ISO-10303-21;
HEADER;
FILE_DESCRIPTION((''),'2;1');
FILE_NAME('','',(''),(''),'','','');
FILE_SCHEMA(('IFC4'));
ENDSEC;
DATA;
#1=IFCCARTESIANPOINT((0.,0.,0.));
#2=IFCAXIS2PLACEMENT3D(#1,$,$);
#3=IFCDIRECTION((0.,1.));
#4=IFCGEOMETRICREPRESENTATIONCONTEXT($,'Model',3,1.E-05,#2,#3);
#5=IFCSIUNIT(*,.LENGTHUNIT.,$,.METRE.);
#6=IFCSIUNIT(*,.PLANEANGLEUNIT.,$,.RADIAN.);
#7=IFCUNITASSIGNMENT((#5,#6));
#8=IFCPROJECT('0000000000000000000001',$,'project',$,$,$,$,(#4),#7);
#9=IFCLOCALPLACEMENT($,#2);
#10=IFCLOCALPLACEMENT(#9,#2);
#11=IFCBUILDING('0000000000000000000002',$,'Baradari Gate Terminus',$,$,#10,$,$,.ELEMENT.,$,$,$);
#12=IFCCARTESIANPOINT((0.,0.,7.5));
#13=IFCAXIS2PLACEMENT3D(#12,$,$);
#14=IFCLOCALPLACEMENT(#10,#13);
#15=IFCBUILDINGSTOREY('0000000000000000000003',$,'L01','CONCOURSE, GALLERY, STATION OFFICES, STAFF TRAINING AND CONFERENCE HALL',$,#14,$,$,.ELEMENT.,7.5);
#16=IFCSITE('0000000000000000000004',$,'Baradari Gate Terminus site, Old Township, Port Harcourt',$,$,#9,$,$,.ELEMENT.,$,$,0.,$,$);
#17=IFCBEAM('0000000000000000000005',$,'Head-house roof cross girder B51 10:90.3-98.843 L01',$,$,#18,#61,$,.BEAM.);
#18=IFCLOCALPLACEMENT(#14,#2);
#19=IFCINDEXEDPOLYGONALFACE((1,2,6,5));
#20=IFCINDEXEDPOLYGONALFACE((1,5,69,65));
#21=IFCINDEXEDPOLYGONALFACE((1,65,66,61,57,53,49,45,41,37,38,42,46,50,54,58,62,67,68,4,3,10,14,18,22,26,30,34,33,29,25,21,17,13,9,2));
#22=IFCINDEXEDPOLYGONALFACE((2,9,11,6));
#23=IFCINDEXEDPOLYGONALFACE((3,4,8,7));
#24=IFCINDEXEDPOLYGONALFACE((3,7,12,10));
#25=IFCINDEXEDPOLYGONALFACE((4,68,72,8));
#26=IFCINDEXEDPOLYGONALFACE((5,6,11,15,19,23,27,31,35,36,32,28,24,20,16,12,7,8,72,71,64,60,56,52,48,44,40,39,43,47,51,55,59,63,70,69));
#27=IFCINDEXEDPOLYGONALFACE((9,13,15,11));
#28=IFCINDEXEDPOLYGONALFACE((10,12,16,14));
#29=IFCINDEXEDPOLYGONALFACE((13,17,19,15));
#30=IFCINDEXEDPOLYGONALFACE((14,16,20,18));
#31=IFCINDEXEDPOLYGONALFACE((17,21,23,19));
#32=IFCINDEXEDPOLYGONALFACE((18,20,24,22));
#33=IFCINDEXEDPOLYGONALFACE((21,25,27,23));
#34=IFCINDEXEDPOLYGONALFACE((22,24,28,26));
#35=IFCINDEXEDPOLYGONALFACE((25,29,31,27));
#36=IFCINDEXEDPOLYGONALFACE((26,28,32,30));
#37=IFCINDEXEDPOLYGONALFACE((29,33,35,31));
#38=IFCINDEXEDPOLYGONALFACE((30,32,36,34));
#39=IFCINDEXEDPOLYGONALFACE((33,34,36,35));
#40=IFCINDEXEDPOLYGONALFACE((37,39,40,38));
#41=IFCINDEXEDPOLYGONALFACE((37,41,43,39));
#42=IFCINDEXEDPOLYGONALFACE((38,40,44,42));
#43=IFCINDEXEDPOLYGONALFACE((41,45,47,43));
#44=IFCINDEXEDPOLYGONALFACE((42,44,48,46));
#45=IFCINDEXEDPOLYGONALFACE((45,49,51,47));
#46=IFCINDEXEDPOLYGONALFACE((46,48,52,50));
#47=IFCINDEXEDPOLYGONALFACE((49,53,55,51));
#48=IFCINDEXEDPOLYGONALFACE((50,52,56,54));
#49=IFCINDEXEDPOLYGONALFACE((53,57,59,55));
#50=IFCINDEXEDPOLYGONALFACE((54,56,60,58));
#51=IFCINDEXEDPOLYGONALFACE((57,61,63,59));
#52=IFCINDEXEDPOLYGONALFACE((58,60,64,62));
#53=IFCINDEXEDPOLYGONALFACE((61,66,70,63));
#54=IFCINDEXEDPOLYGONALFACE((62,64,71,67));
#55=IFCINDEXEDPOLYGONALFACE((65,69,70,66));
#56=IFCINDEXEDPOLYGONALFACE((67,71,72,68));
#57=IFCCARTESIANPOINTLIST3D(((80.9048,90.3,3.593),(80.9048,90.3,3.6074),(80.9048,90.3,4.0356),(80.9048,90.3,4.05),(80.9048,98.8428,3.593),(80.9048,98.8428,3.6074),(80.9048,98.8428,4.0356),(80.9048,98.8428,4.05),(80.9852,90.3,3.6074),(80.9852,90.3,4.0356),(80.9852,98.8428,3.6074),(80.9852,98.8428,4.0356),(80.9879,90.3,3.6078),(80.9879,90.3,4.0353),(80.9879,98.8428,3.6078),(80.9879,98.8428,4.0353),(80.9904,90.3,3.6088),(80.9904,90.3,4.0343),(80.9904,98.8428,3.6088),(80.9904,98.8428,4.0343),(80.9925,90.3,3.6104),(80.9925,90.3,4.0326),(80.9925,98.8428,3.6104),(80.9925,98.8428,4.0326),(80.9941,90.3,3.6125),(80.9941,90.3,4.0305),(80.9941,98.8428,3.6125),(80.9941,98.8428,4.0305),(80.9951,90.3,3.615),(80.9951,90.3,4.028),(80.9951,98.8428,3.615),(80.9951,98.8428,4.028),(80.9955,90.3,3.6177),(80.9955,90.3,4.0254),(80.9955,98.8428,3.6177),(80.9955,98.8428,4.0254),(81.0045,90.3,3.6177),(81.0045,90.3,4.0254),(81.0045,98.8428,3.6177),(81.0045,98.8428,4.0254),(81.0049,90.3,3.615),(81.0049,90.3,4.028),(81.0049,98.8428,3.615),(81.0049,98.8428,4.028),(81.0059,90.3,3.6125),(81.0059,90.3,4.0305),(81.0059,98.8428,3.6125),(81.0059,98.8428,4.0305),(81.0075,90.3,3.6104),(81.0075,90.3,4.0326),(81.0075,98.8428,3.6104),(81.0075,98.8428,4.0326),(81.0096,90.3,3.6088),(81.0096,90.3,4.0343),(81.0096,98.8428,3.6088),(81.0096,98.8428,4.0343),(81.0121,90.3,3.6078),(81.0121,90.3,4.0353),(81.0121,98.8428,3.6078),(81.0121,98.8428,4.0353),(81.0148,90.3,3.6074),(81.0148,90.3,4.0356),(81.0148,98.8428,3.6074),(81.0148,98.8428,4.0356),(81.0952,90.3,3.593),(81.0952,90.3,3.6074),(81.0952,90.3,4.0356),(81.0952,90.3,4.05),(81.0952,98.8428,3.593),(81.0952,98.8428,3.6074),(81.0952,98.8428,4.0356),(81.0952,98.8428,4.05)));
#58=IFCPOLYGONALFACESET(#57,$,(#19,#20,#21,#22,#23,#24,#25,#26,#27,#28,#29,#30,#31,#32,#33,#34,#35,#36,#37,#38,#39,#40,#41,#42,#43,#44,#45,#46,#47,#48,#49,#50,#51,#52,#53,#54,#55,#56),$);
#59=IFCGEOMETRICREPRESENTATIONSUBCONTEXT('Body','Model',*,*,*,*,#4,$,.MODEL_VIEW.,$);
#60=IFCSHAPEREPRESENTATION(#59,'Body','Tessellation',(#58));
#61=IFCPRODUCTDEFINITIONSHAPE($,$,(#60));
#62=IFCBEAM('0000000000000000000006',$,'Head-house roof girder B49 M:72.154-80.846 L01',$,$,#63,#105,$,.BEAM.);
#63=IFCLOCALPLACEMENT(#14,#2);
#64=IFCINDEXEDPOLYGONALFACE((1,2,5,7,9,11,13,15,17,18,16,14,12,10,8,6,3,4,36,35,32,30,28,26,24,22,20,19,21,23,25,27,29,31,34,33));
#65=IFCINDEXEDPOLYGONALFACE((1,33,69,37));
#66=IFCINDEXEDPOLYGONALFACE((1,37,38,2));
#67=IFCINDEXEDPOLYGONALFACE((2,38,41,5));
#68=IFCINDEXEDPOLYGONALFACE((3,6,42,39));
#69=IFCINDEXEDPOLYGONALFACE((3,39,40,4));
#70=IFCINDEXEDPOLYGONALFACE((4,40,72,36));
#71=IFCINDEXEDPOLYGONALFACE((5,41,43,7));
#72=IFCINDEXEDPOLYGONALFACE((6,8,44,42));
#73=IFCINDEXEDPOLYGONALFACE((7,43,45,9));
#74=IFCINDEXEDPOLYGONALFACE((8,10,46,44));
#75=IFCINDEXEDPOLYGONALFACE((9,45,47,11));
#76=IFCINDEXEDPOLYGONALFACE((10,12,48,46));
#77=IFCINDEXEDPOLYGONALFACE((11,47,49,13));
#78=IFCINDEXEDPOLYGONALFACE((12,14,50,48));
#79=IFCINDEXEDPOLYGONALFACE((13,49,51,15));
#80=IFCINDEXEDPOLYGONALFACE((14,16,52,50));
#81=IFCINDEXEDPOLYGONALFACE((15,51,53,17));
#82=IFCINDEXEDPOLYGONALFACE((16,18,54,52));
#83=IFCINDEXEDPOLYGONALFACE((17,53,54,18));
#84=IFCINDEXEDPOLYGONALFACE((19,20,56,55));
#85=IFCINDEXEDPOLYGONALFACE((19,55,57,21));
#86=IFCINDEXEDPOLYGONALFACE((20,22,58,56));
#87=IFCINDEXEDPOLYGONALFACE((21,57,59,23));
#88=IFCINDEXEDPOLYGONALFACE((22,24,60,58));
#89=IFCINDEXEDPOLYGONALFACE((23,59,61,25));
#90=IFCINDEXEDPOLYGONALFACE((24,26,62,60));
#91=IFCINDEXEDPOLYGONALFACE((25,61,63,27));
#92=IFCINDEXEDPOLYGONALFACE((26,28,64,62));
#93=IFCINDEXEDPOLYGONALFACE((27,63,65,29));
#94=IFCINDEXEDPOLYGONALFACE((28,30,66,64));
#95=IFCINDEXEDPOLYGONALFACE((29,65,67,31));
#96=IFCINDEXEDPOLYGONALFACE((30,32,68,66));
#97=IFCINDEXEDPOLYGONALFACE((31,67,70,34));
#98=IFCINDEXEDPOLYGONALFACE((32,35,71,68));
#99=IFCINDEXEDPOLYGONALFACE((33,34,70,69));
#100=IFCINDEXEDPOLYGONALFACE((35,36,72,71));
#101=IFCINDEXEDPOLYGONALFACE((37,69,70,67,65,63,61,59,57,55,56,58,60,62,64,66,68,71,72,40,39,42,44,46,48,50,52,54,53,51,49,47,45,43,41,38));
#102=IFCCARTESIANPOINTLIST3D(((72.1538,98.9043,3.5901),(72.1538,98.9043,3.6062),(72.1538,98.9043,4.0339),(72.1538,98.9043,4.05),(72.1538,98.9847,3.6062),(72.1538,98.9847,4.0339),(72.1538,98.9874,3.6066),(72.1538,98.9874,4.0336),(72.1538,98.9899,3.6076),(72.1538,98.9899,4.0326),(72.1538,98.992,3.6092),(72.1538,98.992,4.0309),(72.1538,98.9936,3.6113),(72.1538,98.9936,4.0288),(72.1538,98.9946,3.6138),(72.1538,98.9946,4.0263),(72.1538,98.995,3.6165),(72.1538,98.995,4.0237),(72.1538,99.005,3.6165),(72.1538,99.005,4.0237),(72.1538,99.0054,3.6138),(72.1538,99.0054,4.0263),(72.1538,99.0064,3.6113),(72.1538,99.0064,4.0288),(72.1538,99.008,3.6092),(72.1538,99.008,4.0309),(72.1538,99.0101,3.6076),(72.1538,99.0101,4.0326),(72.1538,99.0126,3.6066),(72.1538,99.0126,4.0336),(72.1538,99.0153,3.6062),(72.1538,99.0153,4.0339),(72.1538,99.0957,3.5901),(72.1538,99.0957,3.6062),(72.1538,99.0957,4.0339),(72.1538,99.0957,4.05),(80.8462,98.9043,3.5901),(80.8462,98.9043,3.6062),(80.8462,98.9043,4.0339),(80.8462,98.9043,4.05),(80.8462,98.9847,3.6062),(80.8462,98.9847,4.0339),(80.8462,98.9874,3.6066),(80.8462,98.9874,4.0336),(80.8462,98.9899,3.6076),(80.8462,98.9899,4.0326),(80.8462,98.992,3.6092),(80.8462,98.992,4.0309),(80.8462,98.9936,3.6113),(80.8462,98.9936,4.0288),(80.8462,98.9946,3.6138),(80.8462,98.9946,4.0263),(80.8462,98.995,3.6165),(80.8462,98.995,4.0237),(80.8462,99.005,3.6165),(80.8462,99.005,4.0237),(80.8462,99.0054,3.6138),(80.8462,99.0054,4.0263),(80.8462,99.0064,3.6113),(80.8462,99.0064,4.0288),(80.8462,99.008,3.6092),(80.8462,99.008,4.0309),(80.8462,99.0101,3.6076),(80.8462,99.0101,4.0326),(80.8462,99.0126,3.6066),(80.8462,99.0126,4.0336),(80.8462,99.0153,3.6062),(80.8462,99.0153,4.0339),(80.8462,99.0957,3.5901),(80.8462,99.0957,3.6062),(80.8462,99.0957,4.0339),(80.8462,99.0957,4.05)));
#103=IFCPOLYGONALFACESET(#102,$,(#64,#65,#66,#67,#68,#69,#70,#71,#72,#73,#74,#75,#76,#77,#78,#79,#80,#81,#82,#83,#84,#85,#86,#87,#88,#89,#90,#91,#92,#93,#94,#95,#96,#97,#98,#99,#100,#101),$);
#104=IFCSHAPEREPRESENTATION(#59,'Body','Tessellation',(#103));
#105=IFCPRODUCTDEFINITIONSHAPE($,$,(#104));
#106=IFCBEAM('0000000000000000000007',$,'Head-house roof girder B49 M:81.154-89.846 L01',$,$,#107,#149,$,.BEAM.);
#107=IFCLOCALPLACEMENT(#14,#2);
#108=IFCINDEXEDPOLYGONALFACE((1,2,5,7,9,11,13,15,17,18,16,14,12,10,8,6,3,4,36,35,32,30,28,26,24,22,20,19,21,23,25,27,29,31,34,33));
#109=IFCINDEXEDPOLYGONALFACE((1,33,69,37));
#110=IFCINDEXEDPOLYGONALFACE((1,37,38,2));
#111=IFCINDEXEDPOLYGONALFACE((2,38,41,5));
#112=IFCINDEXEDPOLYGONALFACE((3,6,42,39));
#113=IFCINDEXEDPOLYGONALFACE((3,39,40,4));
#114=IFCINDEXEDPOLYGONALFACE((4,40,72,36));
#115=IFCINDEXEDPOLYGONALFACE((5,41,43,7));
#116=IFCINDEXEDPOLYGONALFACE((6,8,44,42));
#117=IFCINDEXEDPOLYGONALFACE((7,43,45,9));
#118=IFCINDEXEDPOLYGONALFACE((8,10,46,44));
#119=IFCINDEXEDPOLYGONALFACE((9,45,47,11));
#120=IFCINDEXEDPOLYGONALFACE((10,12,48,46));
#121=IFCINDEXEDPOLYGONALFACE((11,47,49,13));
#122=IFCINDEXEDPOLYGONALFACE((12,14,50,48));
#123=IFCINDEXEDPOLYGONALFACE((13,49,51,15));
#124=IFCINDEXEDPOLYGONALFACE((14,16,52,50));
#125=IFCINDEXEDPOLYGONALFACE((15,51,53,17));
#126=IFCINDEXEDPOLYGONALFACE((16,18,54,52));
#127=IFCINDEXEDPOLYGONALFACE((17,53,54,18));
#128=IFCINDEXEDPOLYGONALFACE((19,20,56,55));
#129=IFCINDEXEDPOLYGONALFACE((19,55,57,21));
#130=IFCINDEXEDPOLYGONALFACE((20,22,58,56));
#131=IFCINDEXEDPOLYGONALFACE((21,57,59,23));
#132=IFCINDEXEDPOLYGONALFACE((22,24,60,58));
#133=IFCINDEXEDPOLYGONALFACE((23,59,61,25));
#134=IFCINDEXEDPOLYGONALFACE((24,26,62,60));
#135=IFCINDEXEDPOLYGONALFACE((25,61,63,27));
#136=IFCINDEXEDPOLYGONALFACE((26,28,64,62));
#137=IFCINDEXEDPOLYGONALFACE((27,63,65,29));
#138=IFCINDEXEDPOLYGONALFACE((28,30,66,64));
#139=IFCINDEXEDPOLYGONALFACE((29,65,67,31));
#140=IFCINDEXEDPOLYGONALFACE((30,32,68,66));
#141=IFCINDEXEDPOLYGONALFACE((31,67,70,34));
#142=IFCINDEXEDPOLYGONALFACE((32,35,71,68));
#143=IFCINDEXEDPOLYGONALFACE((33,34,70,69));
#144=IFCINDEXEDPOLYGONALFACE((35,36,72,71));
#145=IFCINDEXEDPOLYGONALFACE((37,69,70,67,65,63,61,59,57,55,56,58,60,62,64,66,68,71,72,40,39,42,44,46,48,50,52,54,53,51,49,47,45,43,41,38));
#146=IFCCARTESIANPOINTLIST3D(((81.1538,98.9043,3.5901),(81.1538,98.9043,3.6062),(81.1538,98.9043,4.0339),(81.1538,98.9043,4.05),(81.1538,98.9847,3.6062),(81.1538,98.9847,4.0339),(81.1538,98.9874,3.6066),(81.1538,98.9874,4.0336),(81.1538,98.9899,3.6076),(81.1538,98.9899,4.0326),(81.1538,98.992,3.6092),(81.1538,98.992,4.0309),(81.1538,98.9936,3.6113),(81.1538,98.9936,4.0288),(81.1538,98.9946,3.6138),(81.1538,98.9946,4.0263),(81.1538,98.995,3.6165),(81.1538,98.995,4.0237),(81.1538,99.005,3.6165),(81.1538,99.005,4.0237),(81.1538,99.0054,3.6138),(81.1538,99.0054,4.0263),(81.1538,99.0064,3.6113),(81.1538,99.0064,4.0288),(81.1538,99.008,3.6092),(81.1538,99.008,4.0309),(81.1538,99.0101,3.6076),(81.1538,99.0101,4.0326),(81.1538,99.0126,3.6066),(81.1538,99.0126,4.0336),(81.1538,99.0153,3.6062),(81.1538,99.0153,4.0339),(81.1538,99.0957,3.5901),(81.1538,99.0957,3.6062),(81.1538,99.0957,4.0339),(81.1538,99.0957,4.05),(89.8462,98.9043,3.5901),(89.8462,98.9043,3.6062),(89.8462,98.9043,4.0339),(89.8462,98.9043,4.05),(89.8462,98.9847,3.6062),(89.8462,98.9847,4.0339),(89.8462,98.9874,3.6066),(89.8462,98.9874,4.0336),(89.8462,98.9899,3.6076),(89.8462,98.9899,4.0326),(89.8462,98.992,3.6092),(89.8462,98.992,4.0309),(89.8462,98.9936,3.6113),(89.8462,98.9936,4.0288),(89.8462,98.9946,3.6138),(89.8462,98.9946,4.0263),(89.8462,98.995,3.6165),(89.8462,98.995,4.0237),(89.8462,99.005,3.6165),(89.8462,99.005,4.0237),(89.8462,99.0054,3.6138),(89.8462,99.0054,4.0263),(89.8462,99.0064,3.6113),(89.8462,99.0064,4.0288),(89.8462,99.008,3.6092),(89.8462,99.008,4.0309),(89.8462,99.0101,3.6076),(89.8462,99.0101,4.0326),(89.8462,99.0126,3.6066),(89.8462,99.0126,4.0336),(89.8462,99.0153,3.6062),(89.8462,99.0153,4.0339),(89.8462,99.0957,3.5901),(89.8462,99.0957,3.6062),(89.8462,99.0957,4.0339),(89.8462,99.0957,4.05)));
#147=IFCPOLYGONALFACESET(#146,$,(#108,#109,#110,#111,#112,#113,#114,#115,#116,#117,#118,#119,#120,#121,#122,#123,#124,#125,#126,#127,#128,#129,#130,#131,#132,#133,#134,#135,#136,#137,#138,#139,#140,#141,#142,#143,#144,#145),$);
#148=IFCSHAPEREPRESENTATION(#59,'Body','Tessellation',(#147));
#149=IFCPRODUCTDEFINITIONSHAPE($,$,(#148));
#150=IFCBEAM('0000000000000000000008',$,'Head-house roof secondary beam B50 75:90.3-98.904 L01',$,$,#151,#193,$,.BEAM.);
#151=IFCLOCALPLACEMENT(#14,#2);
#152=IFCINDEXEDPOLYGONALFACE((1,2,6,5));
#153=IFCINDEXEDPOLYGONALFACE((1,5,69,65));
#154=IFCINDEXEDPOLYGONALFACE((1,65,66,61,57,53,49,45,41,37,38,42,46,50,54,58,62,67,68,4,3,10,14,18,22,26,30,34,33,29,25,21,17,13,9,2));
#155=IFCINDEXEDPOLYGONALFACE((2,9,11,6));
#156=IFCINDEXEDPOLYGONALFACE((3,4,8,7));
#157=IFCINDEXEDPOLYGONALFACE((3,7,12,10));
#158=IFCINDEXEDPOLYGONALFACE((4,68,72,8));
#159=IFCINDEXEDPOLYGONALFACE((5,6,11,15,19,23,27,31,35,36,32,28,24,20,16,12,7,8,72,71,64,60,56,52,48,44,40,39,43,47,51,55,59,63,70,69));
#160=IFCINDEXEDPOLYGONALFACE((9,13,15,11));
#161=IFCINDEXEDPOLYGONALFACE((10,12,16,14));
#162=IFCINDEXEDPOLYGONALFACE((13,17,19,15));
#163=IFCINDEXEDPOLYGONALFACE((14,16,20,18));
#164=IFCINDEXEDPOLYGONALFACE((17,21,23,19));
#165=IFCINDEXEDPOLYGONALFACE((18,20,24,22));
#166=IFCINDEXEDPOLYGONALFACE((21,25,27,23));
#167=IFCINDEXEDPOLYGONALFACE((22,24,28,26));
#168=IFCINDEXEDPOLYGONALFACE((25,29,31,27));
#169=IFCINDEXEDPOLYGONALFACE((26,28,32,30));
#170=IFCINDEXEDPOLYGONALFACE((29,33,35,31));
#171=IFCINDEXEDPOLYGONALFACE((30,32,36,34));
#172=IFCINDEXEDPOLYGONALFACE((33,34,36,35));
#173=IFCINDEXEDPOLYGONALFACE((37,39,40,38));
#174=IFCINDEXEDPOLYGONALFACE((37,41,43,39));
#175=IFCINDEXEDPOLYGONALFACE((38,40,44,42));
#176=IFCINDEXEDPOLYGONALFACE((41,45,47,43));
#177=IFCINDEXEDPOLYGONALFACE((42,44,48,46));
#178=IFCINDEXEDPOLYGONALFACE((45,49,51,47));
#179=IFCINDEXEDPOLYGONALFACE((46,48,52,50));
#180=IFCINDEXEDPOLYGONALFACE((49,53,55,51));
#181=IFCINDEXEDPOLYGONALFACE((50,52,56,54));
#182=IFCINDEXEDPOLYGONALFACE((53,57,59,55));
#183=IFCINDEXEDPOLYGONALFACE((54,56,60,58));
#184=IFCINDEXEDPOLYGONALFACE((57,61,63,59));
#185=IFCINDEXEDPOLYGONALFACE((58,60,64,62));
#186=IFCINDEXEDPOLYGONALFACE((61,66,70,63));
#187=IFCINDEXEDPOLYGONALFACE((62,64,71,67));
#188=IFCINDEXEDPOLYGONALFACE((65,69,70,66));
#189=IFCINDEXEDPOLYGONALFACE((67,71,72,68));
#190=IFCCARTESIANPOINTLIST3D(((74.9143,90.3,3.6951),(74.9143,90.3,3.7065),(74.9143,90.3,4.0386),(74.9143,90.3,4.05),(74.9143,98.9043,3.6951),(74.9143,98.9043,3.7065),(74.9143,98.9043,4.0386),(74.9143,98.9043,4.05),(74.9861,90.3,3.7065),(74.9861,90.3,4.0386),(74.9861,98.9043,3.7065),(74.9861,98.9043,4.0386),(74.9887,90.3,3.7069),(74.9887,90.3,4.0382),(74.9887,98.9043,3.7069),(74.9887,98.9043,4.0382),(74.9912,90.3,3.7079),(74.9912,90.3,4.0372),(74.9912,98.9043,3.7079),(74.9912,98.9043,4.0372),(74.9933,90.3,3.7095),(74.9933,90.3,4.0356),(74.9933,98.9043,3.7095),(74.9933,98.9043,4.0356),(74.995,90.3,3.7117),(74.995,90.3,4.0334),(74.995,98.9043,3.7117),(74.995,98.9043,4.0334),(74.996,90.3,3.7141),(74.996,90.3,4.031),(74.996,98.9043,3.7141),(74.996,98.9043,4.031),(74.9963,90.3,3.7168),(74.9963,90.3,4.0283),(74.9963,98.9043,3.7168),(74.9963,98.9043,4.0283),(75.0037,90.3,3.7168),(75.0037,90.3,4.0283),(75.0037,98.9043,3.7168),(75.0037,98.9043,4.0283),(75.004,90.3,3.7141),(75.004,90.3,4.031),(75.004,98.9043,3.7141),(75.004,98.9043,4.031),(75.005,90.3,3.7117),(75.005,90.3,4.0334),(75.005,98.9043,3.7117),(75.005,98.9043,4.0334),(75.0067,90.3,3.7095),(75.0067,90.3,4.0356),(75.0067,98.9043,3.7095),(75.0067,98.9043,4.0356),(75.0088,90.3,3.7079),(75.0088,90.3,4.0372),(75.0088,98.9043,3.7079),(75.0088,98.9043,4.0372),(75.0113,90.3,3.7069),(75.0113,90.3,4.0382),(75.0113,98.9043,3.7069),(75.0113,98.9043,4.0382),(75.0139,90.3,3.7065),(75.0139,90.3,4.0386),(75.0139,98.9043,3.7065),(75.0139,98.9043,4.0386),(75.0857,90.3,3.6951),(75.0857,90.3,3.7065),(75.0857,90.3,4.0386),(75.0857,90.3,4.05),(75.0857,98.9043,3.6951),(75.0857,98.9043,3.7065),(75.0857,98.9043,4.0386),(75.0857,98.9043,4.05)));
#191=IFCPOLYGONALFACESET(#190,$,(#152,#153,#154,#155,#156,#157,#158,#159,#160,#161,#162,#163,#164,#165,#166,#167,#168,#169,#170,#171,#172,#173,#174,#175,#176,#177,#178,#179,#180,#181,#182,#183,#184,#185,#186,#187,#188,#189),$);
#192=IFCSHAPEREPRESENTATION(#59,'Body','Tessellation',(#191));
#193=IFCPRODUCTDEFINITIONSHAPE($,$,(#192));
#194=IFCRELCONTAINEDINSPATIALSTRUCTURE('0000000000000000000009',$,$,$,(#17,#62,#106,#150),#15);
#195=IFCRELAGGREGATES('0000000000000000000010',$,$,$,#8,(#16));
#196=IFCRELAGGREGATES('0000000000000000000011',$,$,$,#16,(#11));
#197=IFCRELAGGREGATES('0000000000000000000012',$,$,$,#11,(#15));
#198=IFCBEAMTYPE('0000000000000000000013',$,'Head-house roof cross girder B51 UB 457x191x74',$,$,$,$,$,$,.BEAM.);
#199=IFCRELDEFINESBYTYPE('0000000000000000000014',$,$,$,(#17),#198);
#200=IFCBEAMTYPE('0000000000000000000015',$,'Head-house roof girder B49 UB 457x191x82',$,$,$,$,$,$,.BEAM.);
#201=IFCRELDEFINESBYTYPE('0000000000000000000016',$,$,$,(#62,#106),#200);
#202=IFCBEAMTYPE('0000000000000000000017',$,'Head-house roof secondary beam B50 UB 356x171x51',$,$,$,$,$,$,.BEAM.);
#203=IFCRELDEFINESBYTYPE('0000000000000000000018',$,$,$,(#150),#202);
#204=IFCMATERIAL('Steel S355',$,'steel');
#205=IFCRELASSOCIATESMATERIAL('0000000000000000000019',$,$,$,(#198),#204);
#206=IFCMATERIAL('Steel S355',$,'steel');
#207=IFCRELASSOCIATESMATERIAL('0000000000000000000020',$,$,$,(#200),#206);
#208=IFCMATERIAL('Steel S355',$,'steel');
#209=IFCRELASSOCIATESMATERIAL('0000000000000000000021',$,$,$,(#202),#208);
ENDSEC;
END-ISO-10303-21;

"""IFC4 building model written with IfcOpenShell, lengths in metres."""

from ifc_helpers import new_model, si_unit, direction, frame, origin, origin_2d, place, context, subcontext, project, spatial, i_section, extrude, material, material_profile, profile_set, type_object, element, save


model = new_model("IFC4")

# Units and contexts
model_context = context("Model", 3, precision=1e-05, world=origin(), true_north=direction((0.0, 1.0)))
body_context = subcontext(model_context, "Body", "Model", "MODEL_VIEW")
ifc_project = project(units=[si_unit("LENGTHUNIT", "METRE"), si_unit("PLANEANGLEUNIT", "RADIAN")], contexts=[model_context])

# Site, building, storey
site_placement = place(None, origin())
site = spatial("IfcSite", under=ifc_project, at=site_placement, Name="Baradari Gate Terminus site, Old Township, Port Harcourt", CompositionType="ELEMENT", RefElevation=0.0)
building_placement = place(site_placement, origin())
building = spatial("IfcBuilding", under=site, at=building_placement, Name="Baradari Gate Terminus", CompositionType="ELEMENT")
storey_placement = place(building_placement, frame((0.0, 0.0, 7.5)))
storey = spatial("IfcBuildingStorey", under=building, at=storey_placement, Name="L01", Description="CONCOURSE, GALLERY, STATION OFFICES, STAFF TRAINING AND CONFERENCE HALL", CompositionType="ELEMENT", Elevation=7.5)

# Beams
ifc_material_1 = material(Name="Steel S355", Category="steel")
ifc_material_profile_1 = material_profile(ifc_material_1, i_section(OverallWidth=0.1904, OverallDepth=0.457, WebThickness=0.009, FlangeThickness=0.0144, FilletRadius=0.0103, at=origin_2d()), Name="UB 457x191x74")
ifc_profile_set_1 = profile_set([ifc_material_profile_1], Name="Steel S355")
beam_type_1 = type_object("IfcBeamType", Name="Head-house roof cross girder B51 UB 457x191x74", PredefinedType="BEAM", material=ifc_profile_set_1)
beam_1_placement = place(storey_placement, frame((81.0, 90.3, 3.8215), z_axis=(0.0, 1.0, 0.0), x_axis=(-1.0, 0.0, 0.0)))
element("IfcBeam", 1, at=beam_1_placement, inside=storey, type_object=beam_type_1, Name="Head-house roof cross girder B51 10:90.3-98.843 L01", PredefinedType="BEAM", context=body_context, shape_type="SweptSolid", body=[
    extrude(i_section(OverallWidth=0.1904, OverallDepth=0.457, WebThickness=0.009, FlangeThickness=0.0144, FilletRadius=0.0103, at=origin_2d()), origin(), (0.0, 0.0, 1.0), 8.5427),
])
ifc_material_2 = material(Name="Steel S355", Category="steel")
ifc_material_profile_2 = material_profile(ifc_material_2, i_section(OverallWidth=0.1914, OverallDepth=0.46, WebThickness=0.01, FlangeThickness=0.0161, FilletRadius=0.0103, at=origin_2d()), Name="UB 457x191x82")
ifc_profile_set_2 = profile_set([ifc_material_profile_2], Name="Steel S355")
beam_type_2 = type_object("IfcBeamType", Name="Head-house roof girder B49 UB 457x191x82", PredefinedType="BEAM", material=ifc_profile_set_2)
for number, where, z_axis, x_axis, name in (
    (2, (72.1538, 99.0, 3.8201), (1.0, 0.0, 0.0), (0.0, 1.0, 0.0), "Head-house roof girder B49 M:72.154-80.846 L01"),
    (3, (81.1538, 99.0, 3.8201), (1.0, 0.0, 0.0), (0.0, 1.0, 0.0), "Head-house roof girder B49 M:81.154-89.846 L01"),
):
    element("IfcBeam", number, at=place(storey_placement, frame(where, z_axis=z_axis, x_axis=x_axis)), inside=storey, type_object=beam_type_2, Name=name, PredefinedType="BEAM", context=body_context, shape_type="SweptSolid", body=[
        extrude(i_section(OverallWidth=0.1914, OverallDepth=0.46, WebThickness=0.01, FlangeThickness=0.0161, FilletRadius=0.0103, at=origin_2d()), origin(), (0.0, 0.0, 1.0), 8.6924),
    ])
ifc_material_3 = material(Name="Steel S355", Category="steel")
ifc_material_profile_3 = material_profile(ifc_material_3, i_section(OverallWidth=0.1714, OverallDepth=0.355, WebThickness=0.0073, FlangeThickness=0.0115, FilletRadius=0.0103, at=origin_2d()), Name="UB 356x171x51")
ifc_profile_set_3 = profile_set([ifc_material_profile_3], Name="Steel S355")
beam_type_3 = type_object("IfcBeamType", Name="Head-house roof secondary beam B50 UB 356x171x51", PredefinedType="BEAM", material=ifc_profile_set_3)
beam_2_placement = place(storey_placement, frame((75.0, 90.3, 3.8726), z_axis=(0.0, 1.0, 0.0), x_axis=(-1.0, 0.0, 0.0)))
element("IfcBeam", 4, at=beam_2_placement, inside=storey, type_object=beam_type_3, Name="Head-house roof secondary beam B50 75:90.3-98.904 L01", PredefinedType="BEAM", context=body_context, shape_type="SweptSolid", body=[
    extrude(i_section(OverallWidth=0.1714, OverallDepth=0.355, WebThickness=0.0073, FlangeThickness=0.0115, FilletRadius=0.0103, at=origin_2d()), origin(), (0.0, 0.0, 1.0), 8.6042),
])

save(model, "model.ifc")
